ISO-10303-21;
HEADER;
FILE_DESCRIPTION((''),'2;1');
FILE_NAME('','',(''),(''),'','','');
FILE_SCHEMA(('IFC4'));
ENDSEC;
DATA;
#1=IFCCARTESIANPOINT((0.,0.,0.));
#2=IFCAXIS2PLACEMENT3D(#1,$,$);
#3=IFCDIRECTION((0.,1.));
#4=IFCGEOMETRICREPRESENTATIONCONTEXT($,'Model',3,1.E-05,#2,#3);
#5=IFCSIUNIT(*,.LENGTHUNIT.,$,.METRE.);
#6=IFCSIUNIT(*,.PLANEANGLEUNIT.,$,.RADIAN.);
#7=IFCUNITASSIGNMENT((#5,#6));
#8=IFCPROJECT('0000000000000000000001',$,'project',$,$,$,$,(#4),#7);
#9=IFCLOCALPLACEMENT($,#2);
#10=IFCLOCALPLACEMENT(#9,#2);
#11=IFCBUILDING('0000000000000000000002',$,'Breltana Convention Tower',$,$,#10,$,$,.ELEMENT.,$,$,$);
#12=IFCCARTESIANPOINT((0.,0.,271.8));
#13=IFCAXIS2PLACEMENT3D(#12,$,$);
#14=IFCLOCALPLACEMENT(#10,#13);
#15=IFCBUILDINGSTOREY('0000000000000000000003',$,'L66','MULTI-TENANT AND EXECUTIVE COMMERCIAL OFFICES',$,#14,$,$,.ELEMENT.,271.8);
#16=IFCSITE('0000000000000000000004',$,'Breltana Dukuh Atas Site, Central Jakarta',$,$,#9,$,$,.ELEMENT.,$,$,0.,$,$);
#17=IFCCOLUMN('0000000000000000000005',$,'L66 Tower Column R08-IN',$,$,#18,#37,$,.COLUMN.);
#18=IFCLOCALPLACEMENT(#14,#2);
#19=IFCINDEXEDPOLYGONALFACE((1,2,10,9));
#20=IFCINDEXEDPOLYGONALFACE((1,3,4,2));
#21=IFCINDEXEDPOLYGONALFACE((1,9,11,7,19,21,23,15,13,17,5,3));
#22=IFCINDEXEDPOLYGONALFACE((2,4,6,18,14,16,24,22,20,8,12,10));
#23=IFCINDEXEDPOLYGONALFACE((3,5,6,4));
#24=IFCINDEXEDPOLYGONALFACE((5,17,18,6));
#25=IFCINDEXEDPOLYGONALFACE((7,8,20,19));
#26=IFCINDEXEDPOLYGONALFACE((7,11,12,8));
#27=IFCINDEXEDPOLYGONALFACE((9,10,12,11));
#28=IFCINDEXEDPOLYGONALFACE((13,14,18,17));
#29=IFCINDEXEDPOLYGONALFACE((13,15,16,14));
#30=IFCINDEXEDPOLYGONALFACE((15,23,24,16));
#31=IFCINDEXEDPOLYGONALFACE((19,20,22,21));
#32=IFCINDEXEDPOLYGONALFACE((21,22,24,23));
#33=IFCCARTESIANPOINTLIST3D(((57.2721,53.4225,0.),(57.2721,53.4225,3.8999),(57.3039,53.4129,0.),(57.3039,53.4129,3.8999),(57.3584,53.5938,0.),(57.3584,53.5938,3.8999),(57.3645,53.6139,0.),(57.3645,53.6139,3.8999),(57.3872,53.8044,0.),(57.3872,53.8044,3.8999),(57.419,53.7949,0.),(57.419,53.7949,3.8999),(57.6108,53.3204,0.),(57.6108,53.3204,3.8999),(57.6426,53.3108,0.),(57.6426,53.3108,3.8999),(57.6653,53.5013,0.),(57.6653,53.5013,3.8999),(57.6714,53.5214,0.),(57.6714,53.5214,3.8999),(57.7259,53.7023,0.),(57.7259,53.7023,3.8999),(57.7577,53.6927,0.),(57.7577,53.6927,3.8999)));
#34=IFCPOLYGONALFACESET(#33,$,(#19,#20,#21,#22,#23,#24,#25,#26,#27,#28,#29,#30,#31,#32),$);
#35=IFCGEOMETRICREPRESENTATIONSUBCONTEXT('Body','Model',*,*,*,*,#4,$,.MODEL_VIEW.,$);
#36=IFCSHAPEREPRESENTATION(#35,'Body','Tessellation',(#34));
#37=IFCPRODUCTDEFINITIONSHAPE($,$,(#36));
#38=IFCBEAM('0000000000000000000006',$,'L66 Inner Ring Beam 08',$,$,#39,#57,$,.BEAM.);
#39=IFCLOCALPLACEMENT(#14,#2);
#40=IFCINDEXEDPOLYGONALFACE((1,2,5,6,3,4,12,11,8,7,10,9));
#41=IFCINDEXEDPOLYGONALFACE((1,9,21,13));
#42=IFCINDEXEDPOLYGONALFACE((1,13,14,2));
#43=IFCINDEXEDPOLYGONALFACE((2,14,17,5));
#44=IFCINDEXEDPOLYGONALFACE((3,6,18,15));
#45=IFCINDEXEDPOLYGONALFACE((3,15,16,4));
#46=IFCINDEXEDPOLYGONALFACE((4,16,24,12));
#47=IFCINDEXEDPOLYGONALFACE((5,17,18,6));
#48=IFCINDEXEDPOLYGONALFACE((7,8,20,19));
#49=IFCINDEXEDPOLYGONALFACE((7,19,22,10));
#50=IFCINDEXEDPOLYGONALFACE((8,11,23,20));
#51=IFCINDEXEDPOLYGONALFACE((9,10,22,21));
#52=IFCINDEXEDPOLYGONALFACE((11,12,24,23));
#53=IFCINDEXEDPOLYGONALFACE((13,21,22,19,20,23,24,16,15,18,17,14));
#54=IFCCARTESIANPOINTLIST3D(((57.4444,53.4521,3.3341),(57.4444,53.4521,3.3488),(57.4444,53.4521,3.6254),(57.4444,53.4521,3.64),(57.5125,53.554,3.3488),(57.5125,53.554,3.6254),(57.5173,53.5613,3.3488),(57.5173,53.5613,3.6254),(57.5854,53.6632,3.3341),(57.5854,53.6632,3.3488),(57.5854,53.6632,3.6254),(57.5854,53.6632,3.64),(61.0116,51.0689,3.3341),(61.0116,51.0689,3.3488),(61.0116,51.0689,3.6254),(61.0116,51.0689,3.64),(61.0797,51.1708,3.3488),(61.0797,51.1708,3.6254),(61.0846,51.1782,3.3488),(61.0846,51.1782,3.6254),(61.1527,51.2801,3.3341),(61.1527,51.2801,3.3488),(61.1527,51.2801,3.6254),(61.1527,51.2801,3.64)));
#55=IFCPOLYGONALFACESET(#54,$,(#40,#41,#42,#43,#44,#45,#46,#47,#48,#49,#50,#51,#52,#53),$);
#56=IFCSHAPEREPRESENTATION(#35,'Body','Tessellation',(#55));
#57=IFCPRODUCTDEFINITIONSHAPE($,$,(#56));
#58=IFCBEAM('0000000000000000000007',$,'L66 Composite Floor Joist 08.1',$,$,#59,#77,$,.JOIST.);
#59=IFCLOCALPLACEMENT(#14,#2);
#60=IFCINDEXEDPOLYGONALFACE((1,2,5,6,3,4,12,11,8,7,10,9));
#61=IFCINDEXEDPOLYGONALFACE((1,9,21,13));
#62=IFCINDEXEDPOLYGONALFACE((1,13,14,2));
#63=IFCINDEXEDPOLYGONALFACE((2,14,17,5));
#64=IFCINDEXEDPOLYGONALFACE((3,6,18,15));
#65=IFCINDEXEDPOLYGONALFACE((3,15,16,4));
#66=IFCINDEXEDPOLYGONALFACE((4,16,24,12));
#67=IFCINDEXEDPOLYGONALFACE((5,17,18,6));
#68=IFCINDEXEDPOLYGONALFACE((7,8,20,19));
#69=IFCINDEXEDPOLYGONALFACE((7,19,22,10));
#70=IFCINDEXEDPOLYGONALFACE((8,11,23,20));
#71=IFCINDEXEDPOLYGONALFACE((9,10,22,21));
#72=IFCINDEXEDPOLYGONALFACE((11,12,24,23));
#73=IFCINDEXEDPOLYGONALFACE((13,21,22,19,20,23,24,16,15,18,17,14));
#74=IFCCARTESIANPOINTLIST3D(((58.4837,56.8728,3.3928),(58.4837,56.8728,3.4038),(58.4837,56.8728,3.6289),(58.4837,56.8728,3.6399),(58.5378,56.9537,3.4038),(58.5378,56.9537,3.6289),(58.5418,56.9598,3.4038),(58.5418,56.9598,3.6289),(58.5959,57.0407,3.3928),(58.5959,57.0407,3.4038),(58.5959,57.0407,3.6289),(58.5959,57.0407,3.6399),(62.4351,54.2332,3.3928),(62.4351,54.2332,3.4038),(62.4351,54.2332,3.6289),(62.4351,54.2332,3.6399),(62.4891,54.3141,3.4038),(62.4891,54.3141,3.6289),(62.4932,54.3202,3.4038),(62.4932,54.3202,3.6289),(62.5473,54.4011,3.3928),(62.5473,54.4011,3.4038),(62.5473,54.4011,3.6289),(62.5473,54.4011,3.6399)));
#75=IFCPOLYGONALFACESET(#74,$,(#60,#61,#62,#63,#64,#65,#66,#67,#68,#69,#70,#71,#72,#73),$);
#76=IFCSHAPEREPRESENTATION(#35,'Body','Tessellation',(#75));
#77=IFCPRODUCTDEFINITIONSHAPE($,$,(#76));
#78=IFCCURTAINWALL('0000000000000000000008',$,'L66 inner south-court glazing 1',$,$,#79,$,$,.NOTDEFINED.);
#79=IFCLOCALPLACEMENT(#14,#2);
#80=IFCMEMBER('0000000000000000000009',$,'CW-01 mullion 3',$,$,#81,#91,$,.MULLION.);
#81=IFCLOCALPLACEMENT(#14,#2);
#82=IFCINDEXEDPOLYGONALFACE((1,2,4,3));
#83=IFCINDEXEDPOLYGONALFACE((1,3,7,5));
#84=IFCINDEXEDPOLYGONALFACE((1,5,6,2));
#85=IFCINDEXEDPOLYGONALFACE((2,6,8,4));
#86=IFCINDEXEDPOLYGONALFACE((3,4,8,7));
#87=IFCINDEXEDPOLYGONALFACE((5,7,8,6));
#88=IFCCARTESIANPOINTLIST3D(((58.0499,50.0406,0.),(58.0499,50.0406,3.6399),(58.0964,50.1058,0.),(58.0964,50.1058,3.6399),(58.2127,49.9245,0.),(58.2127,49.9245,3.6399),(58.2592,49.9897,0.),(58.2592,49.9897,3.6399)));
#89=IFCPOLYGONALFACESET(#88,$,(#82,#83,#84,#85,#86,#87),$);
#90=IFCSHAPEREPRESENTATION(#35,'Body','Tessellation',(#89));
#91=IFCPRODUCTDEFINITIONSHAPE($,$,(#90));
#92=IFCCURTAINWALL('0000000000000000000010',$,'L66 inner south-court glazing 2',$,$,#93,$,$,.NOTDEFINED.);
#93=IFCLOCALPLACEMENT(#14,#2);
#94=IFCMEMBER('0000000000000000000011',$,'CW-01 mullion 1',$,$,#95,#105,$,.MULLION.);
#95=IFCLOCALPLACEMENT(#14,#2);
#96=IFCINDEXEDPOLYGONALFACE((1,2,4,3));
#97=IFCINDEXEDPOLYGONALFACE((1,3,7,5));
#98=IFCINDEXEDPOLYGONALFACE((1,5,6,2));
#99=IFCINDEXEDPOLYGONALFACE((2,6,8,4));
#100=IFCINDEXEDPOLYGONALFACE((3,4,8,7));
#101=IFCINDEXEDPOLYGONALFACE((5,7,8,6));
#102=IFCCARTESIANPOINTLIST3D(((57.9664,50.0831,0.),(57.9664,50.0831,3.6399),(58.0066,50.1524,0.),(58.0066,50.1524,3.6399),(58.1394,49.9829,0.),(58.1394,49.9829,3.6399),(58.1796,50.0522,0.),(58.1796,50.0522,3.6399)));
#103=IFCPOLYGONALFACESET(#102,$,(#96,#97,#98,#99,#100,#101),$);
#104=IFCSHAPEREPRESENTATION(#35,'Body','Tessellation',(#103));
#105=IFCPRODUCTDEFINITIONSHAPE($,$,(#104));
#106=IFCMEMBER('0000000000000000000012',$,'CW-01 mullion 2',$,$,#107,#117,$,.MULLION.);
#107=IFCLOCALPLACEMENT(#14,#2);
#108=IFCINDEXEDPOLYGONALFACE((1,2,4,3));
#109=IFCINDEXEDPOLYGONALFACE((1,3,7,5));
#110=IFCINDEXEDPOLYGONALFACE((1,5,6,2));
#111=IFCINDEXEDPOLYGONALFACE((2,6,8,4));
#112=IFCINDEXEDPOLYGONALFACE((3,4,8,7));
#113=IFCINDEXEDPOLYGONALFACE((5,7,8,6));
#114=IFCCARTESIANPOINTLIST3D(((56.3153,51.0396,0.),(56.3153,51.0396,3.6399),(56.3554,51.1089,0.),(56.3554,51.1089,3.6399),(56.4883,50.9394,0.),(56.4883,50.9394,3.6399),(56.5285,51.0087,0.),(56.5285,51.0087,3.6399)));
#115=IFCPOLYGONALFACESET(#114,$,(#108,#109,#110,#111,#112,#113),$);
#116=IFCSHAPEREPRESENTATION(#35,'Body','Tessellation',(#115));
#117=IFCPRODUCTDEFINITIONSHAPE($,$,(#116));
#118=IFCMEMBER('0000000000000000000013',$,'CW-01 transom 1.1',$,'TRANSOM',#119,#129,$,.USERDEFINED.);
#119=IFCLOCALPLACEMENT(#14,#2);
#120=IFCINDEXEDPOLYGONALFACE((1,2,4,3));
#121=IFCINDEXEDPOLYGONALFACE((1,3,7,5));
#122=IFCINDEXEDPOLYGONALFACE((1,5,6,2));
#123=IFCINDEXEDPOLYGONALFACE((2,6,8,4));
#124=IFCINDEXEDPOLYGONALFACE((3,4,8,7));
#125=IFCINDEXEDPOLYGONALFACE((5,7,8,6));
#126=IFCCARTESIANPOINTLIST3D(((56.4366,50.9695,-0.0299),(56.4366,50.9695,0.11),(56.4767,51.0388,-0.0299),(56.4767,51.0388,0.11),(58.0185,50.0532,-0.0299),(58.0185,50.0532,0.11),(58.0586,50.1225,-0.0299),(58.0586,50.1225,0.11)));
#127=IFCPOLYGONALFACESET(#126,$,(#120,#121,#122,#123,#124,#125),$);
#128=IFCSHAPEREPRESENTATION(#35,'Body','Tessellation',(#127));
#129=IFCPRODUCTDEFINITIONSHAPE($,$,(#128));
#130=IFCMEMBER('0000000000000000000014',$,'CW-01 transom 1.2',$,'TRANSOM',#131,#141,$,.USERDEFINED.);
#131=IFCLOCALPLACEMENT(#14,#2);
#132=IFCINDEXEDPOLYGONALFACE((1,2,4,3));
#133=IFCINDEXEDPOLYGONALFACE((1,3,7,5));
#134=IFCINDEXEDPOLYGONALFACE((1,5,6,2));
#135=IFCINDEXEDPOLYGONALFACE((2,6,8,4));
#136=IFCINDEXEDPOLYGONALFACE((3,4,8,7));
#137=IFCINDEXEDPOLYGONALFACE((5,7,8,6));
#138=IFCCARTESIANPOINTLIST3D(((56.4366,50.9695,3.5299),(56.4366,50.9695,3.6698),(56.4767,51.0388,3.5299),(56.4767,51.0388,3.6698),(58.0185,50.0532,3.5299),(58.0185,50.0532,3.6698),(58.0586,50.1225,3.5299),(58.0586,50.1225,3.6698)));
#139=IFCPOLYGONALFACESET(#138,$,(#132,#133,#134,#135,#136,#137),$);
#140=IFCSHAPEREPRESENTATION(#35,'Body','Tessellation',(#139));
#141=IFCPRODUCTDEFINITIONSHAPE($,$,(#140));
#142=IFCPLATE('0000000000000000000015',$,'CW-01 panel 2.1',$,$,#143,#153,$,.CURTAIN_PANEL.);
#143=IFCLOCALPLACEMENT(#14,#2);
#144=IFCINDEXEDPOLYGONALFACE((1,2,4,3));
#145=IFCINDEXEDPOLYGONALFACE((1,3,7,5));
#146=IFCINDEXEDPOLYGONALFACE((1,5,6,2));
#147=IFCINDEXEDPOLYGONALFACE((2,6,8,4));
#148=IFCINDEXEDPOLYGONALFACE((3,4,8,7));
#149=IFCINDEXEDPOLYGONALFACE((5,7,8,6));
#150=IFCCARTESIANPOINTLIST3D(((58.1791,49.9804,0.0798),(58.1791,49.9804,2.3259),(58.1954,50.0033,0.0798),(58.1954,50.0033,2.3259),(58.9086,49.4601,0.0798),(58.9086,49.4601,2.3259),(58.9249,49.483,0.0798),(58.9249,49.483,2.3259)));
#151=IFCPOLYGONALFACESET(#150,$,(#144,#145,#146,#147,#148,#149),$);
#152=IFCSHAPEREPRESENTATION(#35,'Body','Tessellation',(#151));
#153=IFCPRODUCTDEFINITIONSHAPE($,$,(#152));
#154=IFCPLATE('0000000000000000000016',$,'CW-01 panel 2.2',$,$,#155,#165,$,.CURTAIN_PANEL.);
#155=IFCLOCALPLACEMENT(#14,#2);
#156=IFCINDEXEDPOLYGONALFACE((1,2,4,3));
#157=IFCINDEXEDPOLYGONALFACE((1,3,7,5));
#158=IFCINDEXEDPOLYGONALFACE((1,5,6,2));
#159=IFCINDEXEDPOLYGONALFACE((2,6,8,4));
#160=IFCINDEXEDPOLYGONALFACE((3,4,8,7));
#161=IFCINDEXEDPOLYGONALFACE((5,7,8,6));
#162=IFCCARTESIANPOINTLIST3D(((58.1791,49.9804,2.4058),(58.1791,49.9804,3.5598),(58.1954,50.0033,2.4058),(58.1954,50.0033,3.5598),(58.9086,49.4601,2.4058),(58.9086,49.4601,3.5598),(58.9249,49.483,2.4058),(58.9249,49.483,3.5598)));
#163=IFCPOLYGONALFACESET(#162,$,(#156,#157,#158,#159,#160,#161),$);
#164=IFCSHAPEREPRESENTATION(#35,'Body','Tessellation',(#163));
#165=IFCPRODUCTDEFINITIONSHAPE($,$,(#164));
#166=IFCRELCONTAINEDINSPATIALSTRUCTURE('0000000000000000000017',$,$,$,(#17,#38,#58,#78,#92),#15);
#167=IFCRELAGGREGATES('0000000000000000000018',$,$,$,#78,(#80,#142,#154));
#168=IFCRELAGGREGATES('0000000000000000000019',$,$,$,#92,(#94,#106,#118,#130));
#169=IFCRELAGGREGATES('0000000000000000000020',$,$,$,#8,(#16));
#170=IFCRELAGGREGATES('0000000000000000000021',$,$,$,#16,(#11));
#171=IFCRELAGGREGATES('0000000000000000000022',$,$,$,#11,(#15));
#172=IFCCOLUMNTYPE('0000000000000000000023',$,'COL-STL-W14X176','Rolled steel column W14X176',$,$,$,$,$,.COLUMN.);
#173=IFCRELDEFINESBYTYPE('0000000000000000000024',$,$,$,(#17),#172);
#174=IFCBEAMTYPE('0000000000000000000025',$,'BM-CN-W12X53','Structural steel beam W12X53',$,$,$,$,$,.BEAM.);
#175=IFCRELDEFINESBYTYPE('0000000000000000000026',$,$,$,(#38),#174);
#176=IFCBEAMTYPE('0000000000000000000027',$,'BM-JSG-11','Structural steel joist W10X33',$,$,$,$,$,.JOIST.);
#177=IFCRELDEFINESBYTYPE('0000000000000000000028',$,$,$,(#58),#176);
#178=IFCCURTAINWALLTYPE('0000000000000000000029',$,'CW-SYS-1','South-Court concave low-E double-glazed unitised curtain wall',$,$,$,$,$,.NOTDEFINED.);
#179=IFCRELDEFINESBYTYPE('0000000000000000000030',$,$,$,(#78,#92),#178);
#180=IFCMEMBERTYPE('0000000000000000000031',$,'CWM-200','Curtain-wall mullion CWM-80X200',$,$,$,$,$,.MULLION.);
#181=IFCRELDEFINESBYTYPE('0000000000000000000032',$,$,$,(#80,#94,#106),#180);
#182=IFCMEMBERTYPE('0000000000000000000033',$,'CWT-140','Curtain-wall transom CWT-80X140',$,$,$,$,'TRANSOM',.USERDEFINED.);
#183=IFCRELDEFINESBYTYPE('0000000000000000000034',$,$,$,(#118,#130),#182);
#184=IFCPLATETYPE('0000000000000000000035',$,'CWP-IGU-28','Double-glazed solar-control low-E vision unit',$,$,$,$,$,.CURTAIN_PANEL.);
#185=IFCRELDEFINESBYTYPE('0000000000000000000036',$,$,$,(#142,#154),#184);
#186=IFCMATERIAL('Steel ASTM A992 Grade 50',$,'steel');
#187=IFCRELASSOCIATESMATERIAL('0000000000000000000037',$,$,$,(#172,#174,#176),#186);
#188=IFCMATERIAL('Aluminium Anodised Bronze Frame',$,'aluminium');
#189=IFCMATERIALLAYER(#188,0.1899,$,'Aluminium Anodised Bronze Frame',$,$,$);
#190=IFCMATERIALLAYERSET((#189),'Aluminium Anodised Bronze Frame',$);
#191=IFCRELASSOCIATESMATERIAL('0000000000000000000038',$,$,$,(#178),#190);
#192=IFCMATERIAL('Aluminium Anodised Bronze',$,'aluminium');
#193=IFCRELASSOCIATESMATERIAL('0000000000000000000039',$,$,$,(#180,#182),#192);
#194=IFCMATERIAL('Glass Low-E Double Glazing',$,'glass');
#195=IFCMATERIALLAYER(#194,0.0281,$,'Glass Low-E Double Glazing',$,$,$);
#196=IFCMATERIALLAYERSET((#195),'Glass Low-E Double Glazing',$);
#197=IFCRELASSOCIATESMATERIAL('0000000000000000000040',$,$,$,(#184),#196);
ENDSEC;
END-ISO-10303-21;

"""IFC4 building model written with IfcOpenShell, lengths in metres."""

from ifc_helpers import new_model, si_unit, direction, frame, origin, origin_2d, place, context, subcontext, project, spatial, rectangle, i_section, extrude, source, transform, mapped, material, layer, layer_set, material_profile, profile_set, type_object, type_shapes, element, aggregate, save


model = new_model("IFC4")

# Units and contexts
model_context = context("Model", 3, precision=1e-05, world=origin(), true_north=direction((0.0, 1.0)))
body_context = subcontext(model_context, "Body", "Model", "MODEL_VIEW")
ifc_project = project(units=[si_unit("LENGTHUNIT", "METRE"), si_unit("PLANEANGLEUNIT", "RADIAN")], contexts=[model_context])

# Site, building, storey
site_placement = place(None, origin())
site = spatial("IfcSite", under=ifc_project, at=site_placement, Name="Breltana Dukuh Atas Site, Central Jakarta", CompositionType="ELEMENT", RefElevation=0.0)
building_placement = place(site_placement, origin())
building = spatial("IfcBuilding", under=site, at=building_placement, Name="Breltana Convention Tower", CompositionType="ELEMENT")
storey_placement = place(building_placement, frame((0.0, 0.0, 271.8)))
storey = spatial("IfcBuildingStorey", under=building, at=storey_placement, Name="L66", Description="MULTI-TENANT AND EXECUTIVE COMMERCIAL OFFICES", CompositionType="ELEMENT", Elevation=271.8)

# Column
ifc_material_1 = material(Name="Steel ASTM A992 Grade 50", Category="steel")
ifc_material_profile_1 = material_profile(ifc_material_1, i_section(OverallWidth=0.3989, OverallDepth=0.387, WebThickness=0.021, FlangeThickness=0.0332, at=origin_2d()), Name="W14X176")
ifc_profile_set_1 = profile_set([ifc_material_profile_1], Name="Steel ASTM A992 Grade 50")
column_type = type_object("IfcColumnType", Name="COL-STL-W14X176", Description="Rolled steel column W14X176", PredefinedType="COLUMN", material=ifc_profile_set_1)
shared_shape_1 = source(origin(), body_context, "Body", "SweptSolid", [
    extrude(i_section(OverallWidth=0.3989, OverallDepth=0.387, WebThickness=0.021, FlangeThickness=0.0332, at=origin_2d()), origin(), (0.0, 0.0, 1.0), 3.8999),
])
type_shapes(column_type, [shared_shape_1])
column_placement = place(storey_placement, frame((57.5149, 53.5576, 0.0), z_axis=(0.0, 0.0, 1.0), x_axis=(0.288698, 0.95742, 0.0)))
element("IfcColumn", 1, at=column_placement, inside=storey, type_object=column_type, Name="L66 Tower Column R08-IN", PredefinedType="COLUMN", context=body_context, shape_type="MappedRepresentation", body=[
    mapped(shared_shape_1, transform((0.0, 0.0, 0.0), scale=1.0)),
])

# Beams
ifc_material_profile_2 = material_profile(ifc_material_1, i_section(OverallWidth=0.2539, OverallDepth=0.3059, WebThickness=0.0088, FlangeThickness=0.0146, at=origin_2d()), Name="W12X53")
ifc_profile_set_2 = profile_set([ifc_material_profile_2], Name="Steel ASTM A992 Grade 50")
beam_type_1 = type_object("IfcBeamType", Name="BM-CN-W12X53", Description="Structural steel beam W12X53", PredefinedType="BEAM", material=ifc_profile_set_2)
shared_shape_2 = source(origin(), body_context, "Body", "SweptSolid", [
    extrude(i_section(OverallWidth=0.2539, OverallDepth=0.3059, WebThickness=0.0088, FlangeThickness=0.0146, at=origin_2d()), origin(), (0.0, 0.0, 1.0), 4.29),
])
beam_1_placement = place(storey_placement, frame((57.5149, 53.5576, 3.4871), z_axis=(0.831516, -0.555501, 0.0), x_axis=(0.555501, 0.831516, 0.0)))
element("IfcBeam", 2, at=beam_1_placement, inside=storey, type_object=beam_type_1, Name="L66 Inner Ring Beam 08", PredefinedType="BEAM", context=body_context, shape_type="MappedRepresentation", body=[
    mapped(shared_shape_2, transform((0.0, 0.0, 0.0), scale=1.0)),
])
ifc_material_profile_3 = material_profile(ifc_material_1, i_section(OverallWidth=0.2019, OverallDepth=0.2471, WebThickness=0.0073, FlangeThickness=0.011, at=origin_2d()), Name="W10X33")
ifc_profile_set_3 = profile_set([ifc_material_profile_3], Name="Steel ASTM A992 Grade 50")
beam_type_2 = type_object("IfcBeamType", Name="BM-JSG-11", Description="Structural steel joist W10X33", PredefinedType="JOIST", material=ifc_profile_set_3)
shared_shape_3 = source(origin(), body_context, "Body", "SweptSolid", [
    extrude(i_section(OverallWidth=0.2019, OverallDepth=0.2471, WebThickness=0.0073, FlangeThickness=0.011, at=origin_2d()), origin(), (0.0, 0.0, 1.0), 4.752),
])
beam_2_placement = place(storey_placement, frame((58.5398, 56.9568, 3.5164), z_axis=(0.831528, -0.555482, 0.0), x_axis=(0.555482, 0.831528, 0.0)))
element("IfcBeam", 3, at=beam_2_placement, inside=storey, type_object=beam_type_2, Name="L66 Composite Floor Joist 08.1", PredefinedType="JOIST", context=body_context, shape_type="MappedRepresentation", body=[
    mapped(shared_shape_3, transform((0.0, 0.0, 0.0), scale=1.0)),
])

# Curtain wall, member
ifc_material_2 = material(Name="Aluminium Anodised Bronze Frame", Category="aluminium")
ifc_layer_1 = layer(ifc_material_2, 0.1899, Name="Aluminium Anodised Bronze Frame")
ifc_layer_set_1 = layer_set([ifc_layer_1], Name="Aluminium Anodised Bronze Frame")
curtain_wall_type = type_object("IfcCurtainWallType", Name="CW-SYS-1", Description="South-Court concave low-E double-glazed unitised curtain wall", PredefinedType="NOTDEFINED", material=ifc_layer_set_1)
curtain_wall_1_placement = place(storey_placement, origin())
curtain_wall_1 = element("IfcCurtainWall", 4, at=curtain_wall_1_placement, inside=storey, type_object=curtain_wall_type, Name="L66 inner south-court glazing 1", PredefinedType="NOTDEFINED")
ifc_material_3 = material(Name="Aluminium Anodised Bronze", Category="aluminium")
ifc_material_profile_4 = material_profile(ifc_material_3, rectangle(XDim=0.0801, YDim=0.2, at=origin_2d()), Name="CWM-80X200")
ifc_profile_set_4 = profile_set([ifc_material_profile_4], Name="Aluminium Anodised Bronze")
member_type_1 = type_object("IfcMemberType", Name="CWM-200", Description="Curtain-wall mullion CWM-80X200", PredefinedType="MULLION", material=ifc_profile_set_4)
shared_shape_4 = source(origin(), body_context, "Body", "SweptSolid", [
    extrude(rectangle(XDim=0.0801, YDim=0.2, at=origin_2d()), origin(), (0.0, 0.0, 1.0), 3.6399),
])
member_1_placement = place(storey_placement, frame((58.1545, 50.0151, 0.0), z_axis=(0.0, 0.0, 1.0), x_axis=(-0.580656, -0.814149, 0.0)))
member_1 = element("IfcMember", 5, at=member_1_placement, type_object=member_type_1, Name="CW-01 mullion 3", PredefinedType="MULLION", context=body_context, shape_type="MappedRepresentation", body=[
    mapped(shared_shape_4, transform((0.0, 0.0, 0.0), scale=1.0)),
])

# Curtain wall, members
curtain_wall_2_placement = place(storey_placement, origin())
curtain_wall_2 = element("IfcCurtainWall", 6, at=curtain_wall_2_placement, inside=storey, type_object=curtain_wall_type, Name="L66 inner south-court glazing 2", PredefinedType="NOTDEFINED")
member_2_placement = place(storey_placement, frame((58.073, 50.0676, 0.0), z_axis=(0.0, 0.0, 1.0), x_axis=(-0.501217, -0.865322, 0.0)))
member_2 = element("IfcMember", 7, at=member_2_placement, type_object=member_type_1, Name="CW-01 mullion 1", PredefinedType="MULLION", context=body_context, shape_type="MappedRepresentation", body=[
    mapped(shared_shape_4, transform((0.0, 0.0, 0.0), scale=1.0)),
])
member_3_placement = place(storey_placement, frame((56.4219, 51.0242, 0.0), z_axis=(0.0, 0.0, 1.0), x_axis=(-0.501217, -0.865322, 0.0)))
member_3 = element("IfcMember", 8, at=member_3_placement, type_object=member_type_1, Name="CW-01 mullion 2", PredefinedType="MULLION", context=body_context, shape_type="MappedRepresentation", body=[
    mapped(shared_shape_4, transform((0.0, 0.0, 0.0), scale=1.0)),
])
ifc_material_profile_5 = material_profile(ifc_material_3, rectangle(XDim=0.0801, YDim=0.1399, at=origin_2d()), Name="CWT-80X140")
ifc_profile_set_5 = profile_set([ifc_material_profile_5], Name="Aluminium Anodised Bronze")
member_type_2 = type_object("IfcMemberType", Name="CWT-140", Description="Curtain-wall transom CWT-80X140", ElementType="TRANSOM", PredefinedType="USERDEFINED", material=ifc_profile_set_5)
shared_shape_5 = source(origin(), body_context, "Body", "SweptSolid", [
    extrude(rectangle(XDim=0.0801, YDim=0.1399, at=origin_2d()), origin(), (0.0, 0.0, 1.0), 1.8281),
])
member_4_placement = place(storey_placement, frame((58.0386, 50.0879, 0.04), z_axis=(-0.865344, 0.501178, 0.0), x_axis=(-0.501178, -0.865344, 0.0)))
member_4 = element("IfcMember", 9, at=member_4_placement, type_object=member_type_2, Name="CW-01 transom 1.1", ObjectType="TRANSOM", PredefinedType="USERDEFINED", context=body_context, shape_type="MappedRepresentation", body=[
    mapped(shared_shape_5, transform((0.0, 0.0, 0.0), scale=1.0)),
])
member_5_placement = place(storey_placement, frame((58.0386, 50.0879, 3.5999), z_axis=(-0.865344, 0.501178, 0.0), x_axis=(-0.501178, -0.865344, 0.0)))
member_5 = element("IfcMember", 10, at=member_5_placement, type_object=member_type_2, Name="CW-01 transom 1.2", ObjectType="TRANSOM", PredefinedType="USERDEFINED", context=body_context, shape_type="MappedRepresentation", body=[
    mapped(shared_shape_5, transform((0.0, 0.0, 0.0), scale=1.0)),
])

# Plates
ifc_material_4 = material(Name="Glass Low-E Double Glazing", Category="glass")
ifc_layer_2 = layer(ifc_material_4, 0.0281, Name="Glass Low-E Double Glazing")
ifc_layer_set_2 = layer_set([ifc_layer_2], Name="Glass Low-E Double Glazing")
plate_type = type_object("IfcPlateType", Name="CWP-IGU-28", Description="Double-glazed solar-control low-E vision unit", PredefinedType="CURTAIN_PANEL", material=ifc_layer_set_2)
shared_shape_6 = source(origin(), body_context, "Body", "SweptSolid", [
    extrude(rectangle(XDim=0.896, YDim=0.0281, at=origin_2d()), origin(), (0.0, 0.0, 1.0), 2.2461),
])
plate_1_placement = place(storey_placement, frame((58.552, 49.7317, 0.0798), z_axis=(0.0, 0.0, 1.0), x_axis=(-0.814149, 0.580656, 0.0)))
plate_1 = element("IfcPlate", 11, at=plate_1_placement, type_object=plate_type, Name="CW-01 panel 2.1", PredefinedType="CURTAIN_PANEL", context=body_context, shape_type="MappedRepresentation", body=[
    mapped(shared_shape_6, transform((0.0, 0.0, 0.0), scale=1.0)),
])
shared_shape_7 = source(origin(), body_context, "Body", "SweptSolid", [
    extrude(rectangle(XDim=0.896, YDim=0.0281, at=origin_2d()), origin(), (0.0, 0.0, 1.0), 1.1541),
])
plate_2_placement = place(storey_placement, frame((58.552, 49.7317, 2.4058), z_axis=(0.0, 0.0, 1.0), x_axis=(-0.814149, 0.580656, 0.0)))
plate_2 = element("IfcPlate", 12, at=plate_2_placement, type_object=plate_type, Name="CW-01 panel 2.2", PredefinedType="CURTAIN_PANEL", context=body_context, shape_type="MappedRepresentation", body=[
    mapped(shared_shape_7, transform((0.0, 0.0, 0.0), scale=1.0)),
])
aggregate(curtain_wall_1, [member_1, plate_1, plate_2])
aggregate(curtain_wall_2, [member_2, member_3, member_4, member_5])

save(model, "model.ifc")
